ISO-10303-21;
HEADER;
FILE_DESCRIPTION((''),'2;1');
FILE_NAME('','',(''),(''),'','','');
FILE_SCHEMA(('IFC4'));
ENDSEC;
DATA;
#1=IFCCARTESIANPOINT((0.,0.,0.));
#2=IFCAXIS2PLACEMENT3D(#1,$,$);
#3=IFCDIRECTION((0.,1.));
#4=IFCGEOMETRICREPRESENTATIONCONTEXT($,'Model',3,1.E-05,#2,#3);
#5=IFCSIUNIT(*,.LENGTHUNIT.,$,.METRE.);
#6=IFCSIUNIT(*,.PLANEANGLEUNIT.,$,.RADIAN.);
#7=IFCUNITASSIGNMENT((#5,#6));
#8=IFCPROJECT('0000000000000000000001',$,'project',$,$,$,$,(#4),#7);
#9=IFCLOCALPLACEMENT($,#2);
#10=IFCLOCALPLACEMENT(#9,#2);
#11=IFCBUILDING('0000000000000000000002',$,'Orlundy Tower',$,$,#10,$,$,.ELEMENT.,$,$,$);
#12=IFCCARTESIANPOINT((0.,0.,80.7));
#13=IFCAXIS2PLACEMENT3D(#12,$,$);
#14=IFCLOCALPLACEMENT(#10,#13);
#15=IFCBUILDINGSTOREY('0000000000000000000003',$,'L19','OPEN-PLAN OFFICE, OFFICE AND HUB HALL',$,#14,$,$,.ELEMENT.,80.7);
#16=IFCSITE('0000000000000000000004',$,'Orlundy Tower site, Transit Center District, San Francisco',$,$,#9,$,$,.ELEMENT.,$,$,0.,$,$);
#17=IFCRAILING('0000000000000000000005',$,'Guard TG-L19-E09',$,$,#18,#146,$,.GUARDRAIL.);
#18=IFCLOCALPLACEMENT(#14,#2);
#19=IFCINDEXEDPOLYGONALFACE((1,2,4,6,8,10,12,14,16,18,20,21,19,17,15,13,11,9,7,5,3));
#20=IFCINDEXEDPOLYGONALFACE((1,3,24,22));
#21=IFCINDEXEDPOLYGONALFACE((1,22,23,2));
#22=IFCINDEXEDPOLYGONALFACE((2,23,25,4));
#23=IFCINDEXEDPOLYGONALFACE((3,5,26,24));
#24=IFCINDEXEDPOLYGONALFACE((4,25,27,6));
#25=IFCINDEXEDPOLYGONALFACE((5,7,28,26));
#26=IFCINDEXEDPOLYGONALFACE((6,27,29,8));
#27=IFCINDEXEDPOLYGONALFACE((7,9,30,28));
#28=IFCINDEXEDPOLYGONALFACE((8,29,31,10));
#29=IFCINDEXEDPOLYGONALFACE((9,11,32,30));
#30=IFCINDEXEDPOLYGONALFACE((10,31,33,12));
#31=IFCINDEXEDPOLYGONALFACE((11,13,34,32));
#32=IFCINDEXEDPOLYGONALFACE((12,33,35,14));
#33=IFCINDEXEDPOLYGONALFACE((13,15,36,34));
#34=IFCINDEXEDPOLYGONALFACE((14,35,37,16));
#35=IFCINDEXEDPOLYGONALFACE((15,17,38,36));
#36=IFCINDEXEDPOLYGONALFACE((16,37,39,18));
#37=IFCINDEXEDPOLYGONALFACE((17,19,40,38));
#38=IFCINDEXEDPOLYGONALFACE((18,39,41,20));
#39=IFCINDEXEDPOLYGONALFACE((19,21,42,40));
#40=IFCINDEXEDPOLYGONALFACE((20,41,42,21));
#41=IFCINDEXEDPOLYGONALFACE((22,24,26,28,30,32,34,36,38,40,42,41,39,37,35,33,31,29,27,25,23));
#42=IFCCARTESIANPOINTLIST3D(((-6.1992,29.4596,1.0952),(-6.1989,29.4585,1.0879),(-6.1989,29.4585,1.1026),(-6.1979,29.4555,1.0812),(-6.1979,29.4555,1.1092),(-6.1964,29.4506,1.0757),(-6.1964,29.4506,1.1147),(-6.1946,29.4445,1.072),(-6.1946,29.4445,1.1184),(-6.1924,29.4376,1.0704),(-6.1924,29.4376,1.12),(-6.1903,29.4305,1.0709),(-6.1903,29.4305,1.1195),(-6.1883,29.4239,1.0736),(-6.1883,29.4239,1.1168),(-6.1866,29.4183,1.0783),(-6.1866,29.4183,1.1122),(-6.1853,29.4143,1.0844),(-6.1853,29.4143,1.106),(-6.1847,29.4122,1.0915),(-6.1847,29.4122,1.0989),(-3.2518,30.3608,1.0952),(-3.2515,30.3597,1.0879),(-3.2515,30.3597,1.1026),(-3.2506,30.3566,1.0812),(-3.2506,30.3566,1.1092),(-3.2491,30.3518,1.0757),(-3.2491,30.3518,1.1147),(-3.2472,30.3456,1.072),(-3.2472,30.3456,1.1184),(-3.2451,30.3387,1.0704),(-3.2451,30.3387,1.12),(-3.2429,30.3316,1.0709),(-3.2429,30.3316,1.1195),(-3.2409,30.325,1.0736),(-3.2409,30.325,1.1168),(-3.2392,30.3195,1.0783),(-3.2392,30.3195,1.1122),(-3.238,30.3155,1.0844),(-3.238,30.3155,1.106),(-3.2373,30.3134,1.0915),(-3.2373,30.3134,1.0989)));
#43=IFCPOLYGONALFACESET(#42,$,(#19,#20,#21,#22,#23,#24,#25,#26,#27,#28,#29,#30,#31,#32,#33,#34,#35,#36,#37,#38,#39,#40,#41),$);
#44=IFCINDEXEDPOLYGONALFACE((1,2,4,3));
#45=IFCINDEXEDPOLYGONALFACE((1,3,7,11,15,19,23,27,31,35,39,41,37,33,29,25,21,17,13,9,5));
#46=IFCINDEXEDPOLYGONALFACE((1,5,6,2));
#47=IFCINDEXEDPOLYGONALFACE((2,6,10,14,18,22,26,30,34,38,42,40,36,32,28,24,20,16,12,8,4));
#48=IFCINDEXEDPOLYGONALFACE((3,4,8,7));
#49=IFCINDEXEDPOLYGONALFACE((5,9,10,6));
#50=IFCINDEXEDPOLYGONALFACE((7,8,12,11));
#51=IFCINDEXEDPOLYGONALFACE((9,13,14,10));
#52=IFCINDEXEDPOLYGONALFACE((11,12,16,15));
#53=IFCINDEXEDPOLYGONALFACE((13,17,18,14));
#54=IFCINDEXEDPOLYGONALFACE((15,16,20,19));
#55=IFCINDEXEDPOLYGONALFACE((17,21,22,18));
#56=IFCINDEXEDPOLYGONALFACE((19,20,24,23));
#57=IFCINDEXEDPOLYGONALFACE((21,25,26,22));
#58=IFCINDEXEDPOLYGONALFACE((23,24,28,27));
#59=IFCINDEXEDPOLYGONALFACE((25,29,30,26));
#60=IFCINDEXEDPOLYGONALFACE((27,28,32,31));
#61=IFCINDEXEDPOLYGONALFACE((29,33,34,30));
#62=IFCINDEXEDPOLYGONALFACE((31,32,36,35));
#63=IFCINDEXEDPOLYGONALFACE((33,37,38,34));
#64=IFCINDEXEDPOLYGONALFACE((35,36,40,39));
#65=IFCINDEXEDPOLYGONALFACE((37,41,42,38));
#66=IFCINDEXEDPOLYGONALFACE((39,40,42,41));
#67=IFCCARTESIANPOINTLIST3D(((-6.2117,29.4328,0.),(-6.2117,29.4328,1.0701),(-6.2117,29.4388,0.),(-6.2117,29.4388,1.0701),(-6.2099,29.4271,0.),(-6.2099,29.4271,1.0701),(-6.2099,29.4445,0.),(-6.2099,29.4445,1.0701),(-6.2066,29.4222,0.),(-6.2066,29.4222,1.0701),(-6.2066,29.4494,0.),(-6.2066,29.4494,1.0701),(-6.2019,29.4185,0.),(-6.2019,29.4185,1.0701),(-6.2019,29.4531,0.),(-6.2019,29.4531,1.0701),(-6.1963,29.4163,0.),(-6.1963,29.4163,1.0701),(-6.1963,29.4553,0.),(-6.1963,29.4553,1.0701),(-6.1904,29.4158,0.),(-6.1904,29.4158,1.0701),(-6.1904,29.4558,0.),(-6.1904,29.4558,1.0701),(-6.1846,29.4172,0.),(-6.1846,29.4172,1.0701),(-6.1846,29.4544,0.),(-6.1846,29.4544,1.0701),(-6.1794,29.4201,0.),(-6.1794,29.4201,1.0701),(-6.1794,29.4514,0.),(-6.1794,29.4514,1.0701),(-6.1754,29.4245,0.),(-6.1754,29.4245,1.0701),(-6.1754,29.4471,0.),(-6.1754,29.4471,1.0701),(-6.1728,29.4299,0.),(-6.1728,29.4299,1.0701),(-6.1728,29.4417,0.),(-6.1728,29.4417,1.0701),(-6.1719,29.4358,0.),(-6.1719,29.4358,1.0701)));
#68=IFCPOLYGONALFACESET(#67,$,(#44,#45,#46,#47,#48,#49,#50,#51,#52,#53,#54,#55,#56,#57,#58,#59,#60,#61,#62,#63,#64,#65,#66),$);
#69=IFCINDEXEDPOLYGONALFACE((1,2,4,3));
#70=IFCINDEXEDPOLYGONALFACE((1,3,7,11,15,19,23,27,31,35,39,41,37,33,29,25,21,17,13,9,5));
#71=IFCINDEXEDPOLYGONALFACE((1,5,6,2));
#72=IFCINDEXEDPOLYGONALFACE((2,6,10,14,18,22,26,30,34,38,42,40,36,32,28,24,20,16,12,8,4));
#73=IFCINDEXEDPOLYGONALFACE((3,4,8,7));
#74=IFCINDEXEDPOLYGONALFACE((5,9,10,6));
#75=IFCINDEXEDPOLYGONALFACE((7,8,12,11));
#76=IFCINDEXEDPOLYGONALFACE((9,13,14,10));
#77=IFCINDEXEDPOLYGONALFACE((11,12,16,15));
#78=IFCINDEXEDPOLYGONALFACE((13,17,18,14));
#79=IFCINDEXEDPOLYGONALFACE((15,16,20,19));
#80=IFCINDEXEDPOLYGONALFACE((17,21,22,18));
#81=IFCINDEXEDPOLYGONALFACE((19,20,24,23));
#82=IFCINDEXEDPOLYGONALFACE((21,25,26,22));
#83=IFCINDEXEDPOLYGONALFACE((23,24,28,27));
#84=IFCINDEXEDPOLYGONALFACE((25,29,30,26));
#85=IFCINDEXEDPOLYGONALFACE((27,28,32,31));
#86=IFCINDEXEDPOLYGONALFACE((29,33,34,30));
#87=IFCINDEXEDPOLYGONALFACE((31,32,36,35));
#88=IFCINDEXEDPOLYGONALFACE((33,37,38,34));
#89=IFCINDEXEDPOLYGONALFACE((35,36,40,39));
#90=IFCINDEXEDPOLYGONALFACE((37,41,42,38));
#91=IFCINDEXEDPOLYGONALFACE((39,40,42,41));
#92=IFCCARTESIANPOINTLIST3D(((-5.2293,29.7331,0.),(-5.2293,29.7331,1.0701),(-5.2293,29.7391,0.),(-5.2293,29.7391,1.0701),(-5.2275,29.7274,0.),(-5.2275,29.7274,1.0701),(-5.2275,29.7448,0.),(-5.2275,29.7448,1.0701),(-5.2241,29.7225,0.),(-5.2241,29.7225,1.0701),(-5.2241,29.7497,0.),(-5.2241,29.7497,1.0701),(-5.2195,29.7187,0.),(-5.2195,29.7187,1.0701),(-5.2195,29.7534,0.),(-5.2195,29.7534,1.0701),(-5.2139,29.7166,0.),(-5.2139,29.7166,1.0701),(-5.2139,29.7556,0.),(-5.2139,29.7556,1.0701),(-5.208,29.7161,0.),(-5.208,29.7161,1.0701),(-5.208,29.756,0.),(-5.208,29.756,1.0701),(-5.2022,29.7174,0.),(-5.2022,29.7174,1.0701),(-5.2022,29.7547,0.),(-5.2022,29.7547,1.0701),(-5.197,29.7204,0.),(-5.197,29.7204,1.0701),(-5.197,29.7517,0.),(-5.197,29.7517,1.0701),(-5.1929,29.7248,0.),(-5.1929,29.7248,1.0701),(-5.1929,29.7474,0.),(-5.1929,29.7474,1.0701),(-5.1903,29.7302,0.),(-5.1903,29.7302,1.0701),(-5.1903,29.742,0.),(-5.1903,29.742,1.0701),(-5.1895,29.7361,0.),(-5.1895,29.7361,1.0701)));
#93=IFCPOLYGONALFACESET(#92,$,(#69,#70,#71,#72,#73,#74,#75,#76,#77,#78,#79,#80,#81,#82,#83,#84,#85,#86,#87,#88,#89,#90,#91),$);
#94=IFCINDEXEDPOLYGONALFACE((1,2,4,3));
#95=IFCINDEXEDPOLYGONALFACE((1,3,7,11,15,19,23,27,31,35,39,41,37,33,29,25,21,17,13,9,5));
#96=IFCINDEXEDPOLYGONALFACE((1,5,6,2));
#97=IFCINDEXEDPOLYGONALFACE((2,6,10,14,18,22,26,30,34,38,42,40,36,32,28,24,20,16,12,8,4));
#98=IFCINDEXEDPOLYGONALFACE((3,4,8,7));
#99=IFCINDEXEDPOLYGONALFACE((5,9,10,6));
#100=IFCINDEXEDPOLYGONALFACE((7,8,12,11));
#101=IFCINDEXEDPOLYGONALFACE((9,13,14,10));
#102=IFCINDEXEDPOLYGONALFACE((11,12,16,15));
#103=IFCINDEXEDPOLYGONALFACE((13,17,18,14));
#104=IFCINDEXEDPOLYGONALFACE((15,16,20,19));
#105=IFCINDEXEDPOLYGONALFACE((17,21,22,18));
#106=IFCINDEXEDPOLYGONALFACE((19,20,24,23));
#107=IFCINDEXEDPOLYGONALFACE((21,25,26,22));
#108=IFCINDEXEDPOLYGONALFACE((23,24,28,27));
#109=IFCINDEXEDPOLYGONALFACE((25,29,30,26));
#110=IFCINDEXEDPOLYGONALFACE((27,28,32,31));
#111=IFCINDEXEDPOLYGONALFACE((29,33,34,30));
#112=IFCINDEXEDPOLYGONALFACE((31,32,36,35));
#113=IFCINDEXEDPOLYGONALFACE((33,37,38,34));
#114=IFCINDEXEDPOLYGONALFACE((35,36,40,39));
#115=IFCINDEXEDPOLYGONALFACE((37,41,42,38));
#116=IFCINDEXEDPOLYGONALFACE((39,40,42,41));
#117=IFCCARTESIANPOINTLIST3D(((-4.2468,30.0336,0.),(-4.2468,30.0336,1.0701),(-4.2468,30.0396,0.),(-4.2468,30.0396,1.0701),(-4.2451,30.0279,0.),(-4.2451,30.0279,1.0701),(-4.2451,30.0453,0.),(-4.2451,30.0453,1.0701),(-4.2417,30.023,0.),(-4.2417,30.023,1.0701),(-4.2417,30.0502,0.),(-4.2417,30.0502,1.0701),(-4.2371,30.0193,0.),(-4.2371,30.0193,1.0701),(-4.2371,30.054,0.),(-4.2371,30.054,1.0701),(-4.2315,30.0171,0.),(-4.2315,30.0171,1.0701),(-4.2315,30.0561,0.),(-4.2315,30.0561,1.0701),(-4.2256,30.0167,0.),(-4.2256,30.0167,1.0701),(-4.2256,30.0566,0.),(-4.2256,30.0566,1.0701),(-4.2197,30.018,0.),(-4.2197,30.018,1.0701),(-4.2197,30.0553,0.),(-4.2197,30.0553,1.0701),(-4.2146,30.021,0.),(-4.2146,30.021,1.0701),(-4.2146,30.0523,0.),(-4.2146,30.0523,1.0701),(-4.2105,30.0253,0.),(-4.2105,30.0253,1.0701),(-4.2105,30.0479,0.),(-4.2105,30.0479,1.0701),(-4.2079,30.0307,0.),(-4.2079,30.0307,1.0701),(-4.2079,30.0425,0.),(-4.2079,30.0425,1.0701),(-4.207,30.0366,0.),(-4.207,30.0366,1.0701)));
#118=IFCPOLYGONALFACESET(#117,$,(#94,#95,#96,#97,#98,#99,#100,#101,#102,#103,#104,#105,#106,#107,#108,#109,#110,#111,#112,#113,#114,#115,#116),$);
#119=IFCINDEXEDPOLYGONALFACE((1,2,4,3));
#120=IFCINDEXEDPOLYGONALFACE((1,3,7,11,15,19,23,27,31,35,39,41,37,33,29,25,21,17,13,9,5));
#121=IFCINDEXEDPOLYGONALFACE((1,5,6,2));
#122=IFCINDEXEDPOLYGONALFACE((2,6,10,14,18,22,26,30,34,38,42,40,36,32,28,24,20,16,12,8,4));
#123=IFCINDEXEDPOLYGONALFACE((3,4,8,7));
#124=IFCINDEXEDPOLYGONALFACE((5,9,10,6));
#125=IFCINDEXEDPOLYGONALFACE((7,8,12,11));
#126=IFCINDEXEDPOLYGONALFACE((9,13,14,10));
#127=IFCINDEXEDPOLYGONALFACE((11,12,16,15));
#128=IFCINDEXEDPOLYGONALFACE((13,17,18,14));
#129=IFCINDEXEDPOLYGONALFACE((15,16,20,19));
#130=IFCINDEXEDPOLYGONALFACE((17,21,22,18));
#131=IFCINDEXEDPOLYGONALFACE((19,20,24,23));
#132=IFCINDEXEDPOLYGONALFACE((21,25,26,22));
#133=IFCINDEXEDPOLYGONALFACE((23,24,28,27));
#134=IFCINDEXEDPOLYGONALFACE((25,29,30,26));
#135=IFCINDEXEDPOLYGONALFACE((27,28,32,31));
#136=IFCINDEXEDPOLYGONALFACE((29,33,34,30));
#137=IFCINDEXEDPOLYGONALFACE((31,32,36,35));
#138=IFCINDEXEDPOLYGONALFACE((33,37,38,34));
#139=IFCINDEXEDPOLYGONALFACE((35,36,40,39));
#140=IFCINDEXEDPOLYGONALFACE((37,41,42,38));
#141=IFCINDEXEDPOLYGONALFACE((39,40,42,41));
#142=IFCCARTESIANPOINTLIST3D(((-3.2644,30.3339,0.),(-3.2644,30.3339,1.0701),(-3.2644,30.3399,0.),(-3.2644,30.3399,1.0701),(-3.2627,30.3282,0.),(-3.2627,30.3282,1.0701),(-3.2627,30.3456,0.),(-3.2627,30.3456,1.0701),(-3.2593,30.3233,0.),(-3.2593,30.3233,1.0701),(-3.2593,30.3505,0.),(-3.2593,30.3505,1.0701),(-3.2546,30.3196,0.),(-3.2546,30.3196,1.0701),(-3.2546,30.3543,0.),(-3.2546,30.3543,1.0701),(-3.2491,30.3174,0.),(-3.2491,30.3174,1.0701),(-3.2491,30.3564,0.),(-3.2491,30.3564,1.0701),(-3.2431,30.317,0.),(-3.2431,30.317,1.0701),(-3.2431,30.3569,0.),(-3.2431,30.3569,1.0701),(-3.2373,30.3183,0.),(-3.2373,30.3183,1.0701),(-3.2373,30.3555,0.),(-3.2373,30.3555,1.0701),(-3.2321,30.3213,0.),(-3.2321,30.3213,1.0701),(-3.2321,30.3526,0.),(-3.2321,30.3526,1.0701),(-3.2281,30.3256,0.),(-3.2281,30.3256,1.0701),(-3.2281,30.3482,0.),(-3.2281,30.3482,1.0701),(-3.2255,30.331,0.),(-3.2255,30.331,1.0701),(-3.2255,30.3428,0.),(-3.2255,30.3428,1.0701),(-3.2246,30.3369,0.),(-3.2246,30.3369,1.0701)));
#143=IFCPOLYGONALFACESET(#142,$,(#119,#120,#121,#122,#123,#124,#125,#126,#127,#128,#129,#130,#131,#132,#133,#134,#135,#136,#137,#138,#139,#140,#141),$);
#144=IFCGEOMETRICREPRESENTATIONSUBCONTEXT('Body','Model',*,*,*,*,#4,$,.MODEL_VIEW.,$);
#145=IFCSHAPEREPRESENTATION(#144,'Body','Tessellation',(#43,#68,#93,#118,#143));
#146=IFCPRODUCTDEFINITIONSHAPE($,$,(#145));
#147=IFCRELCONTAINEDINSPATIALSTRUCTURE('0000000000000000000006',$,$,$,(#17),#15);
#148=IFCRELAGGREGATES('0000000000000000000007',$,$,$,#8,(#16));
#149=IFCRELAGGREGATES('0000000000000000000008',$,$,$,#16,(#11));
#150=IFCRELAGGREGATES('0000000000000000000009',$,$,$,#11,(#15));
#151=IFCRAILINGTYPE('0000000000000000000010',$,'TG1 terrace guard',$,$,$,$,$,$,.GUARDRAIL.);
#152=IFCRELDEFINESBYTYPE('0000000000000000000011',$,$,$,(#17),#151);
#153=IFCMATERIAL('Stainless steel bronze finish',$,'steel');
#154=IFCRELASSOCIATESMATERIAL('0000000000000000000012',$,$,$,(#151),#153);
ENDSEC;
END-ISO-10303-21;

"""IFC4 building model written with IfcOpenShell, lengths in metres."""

from ifc_helpers import new_model, si_unit, direction, frame, origin, origin_2d, place, context, subcontext, project, spatial, circle, extrude, material, type_object, element, save


model = new_model("IFC4")

# Units and contexts
model_context = context("Model", 3, precision=1e-05, world=origin(), true_north=direction((0.0, 1.0)))
body_context = subcontext(model_context, "Body", "Model", "MODEL_VIEW")
ifc_project = project(units=[si_unit("LENGTHUNIT", "METRE"), si_unit("PLANEANGLEUNIT", "RADIAN")], contexts=[model_context])

# Site, building, storey
site_placement = place(None, origin())
site = spatial("IfcSite", under=ifc_project, at=site_placement, Name="Orlundy Tower site, Transit Center District, San Francisco", CompositionType="ELEMENT", RefElevation=0.0)
building_placement = place(site_placement, origin())
building = spatial("IfcBuilding", under=site, at=building_placement, Name="Orlundy Tower", CompositionType="ELEMENT")
storey_placement = place(building_placement, frame((0.0, 0.0, 80.7)))
storey = spatial("IfcBuildingStorey", under=building, at=storey_placement, Name="L19", Description="OPEN-PLAN OFFICE, OFFICE AND HUB HALL", CompositionType="ELEMENT", Elevation=80.7)

# Railing
ifc_material_1 = material(Name="Stainless steel bronze finish", Category="steel")
railing_type_1 = type_object("IfcRailingType", Name="TG1 terrace guard", PredefinedType="GUARDRAIL", material=ifc_material_1)
railing_1_placement = place(storey_placement, frame((-6.1919, 29.4358, 0.0)))
element("IfcRailing", 1, at=railing_1_placement, inside=storey, type_object=railing_type_1, Name="Guard TG-L19-E09", PredefinedType="GUARDRAIL", context=body_context, shape_type="SweptSolid", body=[
    extrude(circle(Radius=0.0249, at=origin_2d()), frame((0.0, 0.0, 1.0952), z_axis=(0.9563, 0.292388, 0.0), x_axis=(-0.292388, 0.9563, 0.0)), (0.0, 0.0, 1.0), 3.082),
    extrude(circle(Radius=0.02, at=origin_2d()), origin(), (0.0, 0.0, 1.0), 1.0701),
    extrude(circle(Radius=0.02, at=origin_2d()), frame((0.9824, 0.3003, 0.0)), (0.0, 0.0, 1.0), 1.0701),
    extrude(circle(Radius=0.02, at=origin_2d()), frame((1.9648, 0.6008, 0.0)), (0.0, 0.0, 1.0), 1.0701),
    extrude(circle(Radius=0.02, at=origin_2d()), frame((2.9473, 0.9011, 0.0)), (0.0, 0.0, 1.0), 1.0701),
])

save(model, "model.ifc")
